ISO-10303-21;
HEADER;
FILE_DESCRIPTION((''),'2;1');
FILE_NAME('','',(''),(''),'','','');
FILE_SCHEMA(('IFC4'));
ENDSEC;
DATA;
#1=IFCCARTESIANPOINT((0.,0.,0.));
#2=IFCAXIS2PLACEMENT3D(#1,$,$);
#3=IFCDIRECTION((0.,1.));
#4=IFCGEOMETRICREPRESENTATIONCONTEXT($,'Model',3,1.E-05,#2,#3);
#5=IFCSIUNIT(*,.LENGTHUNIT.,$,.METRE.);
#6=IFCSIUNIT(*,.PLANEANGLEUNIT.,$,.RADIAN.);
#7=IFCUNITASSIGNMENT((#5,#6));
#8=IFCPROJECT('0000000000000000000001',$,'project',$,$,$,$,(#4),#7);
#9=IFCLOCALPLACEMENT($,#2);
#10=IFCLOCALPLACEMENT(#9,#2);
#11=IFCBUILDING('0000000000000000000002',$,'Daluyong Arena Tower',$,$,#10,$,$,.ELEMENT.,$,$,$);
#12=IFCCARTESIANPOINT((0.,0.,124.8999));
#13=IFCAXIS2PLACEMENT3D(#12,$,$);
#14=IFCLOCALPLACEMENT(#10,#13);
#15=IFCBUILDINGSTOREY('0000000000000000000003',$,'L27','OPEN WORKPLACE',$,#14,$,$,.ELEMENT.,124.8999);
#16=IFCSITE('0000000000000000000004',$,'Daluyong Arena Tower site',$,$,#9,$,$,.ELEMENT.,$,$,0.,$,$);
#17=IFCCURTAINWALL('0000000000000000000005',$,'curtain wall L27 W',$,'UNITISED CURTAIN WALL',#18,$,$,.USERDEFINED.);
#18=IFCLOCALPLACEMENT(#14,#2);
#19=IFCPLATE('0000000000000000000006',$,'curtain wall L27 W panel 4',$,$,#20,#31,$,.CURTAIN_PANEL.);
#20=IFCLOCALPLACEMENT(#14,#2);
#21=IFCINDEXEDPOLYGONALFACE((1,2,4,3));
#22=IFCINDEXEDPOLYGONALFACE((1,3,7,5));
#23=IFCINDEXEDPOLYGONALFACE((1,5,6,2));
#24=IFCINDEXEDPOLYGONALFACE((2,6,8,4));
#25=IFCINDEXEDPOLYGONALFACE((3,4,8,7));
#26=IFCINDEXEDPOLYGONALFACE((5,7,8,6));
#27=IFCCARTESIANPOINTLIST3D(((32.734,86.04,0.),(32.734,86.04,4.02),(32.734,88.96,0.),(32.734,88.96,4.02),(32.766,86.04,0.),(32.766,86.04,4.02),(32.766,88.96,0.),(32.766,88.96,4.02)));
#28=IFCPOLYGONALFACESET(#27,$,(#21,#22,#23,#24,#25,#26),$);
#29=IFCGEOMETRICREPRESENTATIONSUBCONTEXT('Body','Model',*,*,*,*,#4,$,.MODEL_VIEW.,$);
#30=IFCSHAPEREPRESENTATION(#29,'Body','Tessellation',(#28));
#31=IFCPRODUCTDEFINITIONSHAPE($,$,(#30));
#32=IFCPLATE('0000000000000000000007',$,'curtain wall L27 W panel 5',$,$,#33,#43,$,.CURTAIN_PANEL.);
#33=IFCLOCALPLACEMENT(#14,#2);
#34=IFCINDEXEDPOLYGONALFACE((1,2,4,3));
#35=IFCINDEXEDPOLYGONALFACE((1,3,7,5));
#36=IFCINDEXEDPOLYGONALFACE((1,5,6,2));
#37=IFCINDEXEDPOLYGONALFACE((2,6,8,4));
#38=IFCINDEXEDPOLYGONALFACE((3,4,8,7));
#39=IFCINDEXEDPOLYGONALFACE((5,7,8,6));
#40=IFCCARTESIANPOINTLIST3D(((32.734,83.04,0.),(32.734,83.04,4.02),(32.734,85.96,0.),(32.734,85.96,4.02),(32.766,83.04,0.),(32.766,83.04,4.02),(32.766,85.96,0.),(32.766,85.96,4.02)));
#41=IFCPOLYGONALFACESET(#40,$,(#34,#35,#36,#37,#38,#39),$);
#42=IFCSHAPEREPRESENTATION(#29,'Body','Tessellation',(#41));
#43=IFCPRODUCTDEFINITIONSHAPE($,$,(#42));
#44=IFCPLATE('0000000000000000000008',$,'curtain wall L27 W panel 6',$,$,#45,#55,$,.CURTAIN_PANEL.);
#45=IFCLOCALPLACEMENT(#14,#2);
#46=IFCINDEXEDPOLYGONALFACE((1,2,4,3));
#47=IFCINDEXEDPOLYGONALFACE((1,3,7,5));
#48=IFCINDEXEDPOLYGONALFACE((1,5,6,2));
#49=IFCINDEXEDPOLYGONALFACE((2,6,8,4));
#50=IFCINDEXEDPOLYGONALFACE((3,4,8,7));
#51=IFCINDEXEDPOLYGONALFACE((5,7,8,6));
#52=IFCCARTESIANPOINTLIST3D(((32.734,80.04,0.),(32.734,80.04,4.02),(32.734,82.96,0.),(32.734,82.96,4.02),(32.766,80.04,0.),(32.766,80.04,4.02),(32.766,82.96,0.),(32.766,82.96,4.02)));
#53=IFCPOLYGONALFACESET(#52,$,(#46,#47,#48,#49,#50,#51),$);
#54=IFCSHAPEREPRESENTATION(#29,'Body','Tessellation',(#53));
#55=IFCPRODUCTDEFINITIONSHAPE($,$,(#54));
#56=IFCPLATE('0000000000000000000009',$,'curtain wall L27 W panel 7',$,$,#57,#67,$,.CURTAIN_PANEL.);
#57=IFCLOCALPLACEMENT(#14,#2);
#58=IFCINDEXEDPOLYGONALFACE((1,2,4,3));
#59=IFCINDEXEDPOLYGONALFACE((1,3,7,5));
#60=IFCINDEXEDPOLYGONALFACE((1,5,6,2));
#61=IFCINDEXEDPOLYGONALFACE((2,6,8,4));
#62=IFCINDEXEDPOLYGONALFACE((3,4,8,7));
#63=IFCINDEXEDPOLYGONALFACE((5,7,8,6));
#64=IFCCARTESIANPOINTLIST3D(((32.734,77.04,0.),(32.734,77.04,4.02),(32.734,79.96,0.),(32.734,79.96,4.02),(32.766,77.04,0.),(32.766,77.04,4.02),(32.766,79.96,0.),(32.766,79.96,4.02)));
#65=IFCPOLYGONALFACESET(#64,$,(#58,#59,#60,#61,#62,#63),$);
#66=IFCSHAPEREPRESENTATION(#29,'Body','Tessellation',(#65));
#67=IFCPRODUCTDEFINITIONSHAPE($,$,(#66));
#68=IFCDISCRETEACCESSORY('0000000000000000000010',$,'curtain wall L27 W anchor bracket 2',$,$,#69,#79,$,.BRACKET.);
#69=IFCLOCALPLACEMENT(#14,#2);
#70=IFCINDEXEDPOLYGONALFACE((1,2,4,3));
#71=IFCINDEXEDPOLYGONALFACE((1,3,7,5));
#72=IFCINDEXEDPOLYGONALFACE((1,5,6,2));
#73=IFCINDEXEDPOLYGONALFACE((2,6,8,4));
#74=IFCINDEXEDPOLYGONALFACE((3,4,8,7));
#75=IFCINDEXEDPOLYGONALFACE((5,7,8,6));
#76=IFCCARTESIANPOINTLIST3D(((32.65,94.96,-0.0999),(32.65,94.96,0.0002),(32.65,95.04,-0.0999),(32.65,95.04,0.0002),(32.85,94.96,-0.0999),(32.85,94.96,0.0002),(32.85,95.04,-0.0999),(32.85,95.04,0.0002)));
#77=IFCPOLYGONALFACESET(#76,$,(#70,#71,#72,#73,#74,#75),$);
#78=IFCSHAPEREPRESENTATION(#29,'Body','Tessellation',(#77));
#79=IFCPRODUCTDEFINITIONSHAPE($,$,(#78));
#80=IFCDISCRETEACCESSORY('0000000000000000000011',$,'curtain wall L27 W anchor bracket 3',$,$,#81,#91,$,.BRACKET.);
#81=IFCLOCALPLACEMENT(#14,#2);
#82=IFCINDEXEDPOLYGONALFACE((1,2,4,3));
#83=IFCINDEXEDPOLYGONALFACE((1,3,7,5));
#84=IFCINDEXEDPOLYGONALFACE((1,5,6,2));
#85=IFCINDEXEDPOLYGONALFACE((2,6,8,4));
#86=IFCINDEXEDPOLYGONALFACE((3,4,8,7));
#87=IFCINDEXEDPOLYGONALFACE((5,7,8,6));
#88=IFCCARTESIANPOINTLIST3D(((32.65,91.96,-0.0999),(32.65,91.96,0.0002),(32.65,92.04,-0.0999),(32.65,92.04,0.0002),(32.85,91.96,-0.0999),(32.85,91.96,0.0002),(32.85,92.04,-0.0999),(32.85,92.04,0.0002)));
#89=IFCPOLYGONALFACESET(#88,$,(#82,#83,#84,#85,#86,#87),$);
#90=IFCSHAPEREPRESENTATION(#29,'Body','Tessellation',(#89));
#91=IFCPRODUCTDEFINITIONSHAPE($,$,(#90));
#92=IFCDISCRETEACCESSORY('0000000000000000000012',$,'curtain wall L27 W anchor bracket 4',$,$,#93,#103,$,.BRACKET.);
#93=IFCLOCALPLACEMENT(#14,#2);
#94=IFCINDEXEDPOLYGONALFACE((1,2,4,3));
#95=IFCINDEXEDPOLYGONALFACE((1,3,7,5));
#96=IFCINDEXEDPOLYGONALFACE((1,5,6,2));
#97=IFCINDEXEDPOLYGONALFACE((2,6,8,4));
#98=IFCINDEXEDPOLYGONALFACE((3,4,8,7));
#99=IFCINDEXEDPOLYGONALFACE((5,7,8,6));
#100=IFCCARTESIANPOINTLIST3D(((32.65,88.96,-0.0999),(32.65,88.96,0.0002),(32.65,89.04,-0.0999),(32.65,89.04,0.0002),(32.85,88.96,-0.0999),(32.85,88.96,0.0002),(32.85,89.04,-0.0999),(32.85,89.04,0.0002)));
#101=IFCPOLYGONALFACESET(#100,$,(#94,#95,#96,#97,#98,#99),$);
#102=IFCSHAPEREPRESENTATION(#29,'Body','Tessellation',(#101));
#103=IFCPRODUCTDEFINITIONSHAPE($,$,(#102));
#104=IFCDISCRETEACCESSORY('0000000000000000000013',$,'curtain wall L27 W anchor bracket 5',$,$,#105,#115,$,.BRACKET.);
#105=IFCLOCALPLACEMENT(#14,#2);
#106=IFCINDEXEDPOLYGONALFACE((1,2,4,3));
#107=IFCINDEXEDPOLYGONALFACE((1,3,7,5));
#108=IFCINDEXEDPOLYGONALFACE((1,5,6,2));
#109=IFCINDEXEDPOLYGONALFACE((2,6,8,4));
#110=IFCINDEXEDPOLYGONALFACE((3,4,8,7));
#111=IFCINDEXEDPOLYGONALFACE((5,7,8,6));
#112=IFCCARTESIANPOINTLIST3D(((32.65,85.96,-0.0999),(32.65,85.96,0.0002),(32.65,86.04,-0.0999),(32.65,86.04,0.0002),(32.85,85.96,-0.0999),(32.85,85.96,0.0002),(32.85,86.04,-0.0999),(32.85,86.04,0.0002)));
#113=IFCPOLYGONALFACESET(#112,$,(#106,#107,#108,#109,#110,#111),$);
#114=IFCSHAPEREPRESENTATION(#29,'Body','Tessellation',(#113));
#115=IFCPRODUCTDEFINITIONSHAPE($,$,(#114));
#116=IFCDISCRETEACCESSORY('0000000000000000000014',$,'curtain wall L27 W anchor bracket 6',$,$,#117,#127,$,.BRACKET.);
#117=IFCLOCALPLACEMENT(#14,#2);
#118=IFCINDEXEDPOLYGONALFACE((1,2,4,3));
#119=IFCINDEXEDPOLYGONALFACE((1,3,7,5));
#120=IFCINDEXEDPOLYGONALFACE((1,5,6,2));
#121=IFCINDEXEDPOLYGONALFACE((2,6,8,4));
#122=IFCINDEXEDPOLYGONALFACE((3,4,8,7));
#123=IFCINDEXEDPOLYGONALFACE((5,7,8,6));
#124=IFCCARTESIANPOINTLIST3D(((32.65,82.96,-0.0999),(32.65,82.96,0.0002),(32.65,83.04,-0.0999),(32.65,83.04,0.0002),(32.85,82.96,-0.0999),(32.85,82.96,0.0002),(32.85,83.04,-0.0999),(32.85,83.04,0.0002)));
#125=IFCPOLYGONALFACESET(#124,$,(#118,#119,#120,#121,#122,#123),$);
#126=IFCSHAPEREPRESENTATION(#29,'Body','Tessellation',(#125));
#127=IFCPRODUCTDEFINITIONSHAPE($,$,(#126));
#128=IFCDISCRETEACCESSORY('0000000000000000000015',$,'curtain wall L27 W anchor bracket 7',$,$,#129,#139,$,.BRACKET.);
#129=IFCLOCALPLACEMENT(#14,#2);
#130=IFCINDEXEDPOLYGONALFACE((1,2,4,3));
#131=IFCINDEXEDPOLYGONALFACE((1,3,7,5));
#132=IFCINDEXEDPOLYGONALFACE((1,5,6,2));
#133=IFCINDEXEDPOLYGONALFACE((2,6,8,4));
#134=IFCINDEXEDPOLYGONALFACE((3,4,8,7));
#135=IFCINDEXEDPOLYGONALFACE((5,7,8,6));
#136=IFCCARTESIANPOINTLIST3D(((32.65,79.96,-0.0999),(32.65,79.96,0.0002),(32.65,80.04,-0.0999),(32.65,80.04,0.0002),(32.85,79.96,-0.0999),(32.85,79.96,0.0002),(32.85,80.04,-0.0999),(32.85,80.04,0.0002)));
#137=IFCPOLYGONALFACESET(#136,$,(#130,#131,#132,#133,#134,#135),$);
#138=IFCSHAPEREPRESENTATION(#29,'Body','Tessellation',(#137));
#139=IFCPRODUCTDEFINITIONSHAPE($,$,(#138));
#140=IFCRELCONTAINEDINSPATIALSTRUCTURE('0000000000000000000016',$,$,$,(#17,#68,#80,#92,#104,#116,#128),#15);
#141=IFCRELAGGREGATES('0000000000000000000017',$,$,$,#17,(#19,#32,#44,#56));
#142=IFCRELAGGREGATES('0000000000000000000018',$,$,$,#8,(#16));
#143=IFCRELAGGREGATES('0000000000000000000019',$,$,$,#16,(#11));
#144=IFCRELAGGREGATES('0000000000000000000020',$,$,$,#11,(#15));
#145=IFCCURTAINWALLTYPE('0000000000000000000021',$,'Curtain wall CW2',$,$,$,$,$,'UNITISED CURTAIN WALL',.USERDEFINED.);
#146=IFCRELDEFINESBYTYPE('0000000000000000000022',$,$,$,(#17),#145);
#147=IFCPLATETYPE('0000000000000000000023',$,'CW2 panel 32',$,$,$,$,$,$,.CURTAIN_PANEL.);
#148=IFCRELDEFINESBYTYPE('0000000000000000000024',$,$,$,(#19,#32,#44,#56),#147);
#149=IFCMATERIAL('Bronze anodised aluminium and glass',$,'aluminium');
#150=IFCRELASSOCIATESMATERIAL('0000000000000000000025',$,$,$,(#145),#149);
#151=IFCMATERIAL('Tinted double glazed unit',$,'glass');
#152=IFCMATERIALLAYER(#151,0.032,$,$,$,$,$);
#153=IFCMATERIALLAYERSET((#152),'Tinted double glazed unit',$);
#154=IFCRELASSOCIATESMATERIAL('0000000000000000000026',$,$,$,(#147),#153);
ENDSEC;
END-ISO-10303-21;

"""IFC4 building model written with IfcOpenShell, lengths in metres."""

from ifc_helpers import new_model, si_unit, direction, frame, origin, origin_2d, place, context, subcontext, project, spatial, rectangle, extrude, material, layer, layer_set, type_object, element, aggregate, save


model = new_model("IFC4")

# Units and contexts
model_context = context("Model", 3, precision=1e-05, world=origin(), true_north=direction((0.0, 1.0)))
body_context = subcontext(model_context, "Body", "Model", "MODEL_VIEW")
ifc_project = project(units=[si_unit("LENGTHUNIT", "METRE"), si_unit("PLANEANGLEUNIT", "RADIAN")], contexts=[model_context])

# Site, building, storey
site_placement = place(None, origin())
site = spatial("IfcSite", under=ifc_project, at=site_placement, Name="Daluyong Arena Tower site", CompositionType="ELEMENT", RefElevation=0.0)
building_placement = place(site_placement, origin())
building = spatial("IfcBuilding", under=site, at=building_placement, Name="Daluyong Arena Tower", CompositionType="ELEMENT")
storey_placement = place(building_placement, frame((0.0, 0.0, 124.8999)))
storey = spatial("IfcBuildingStorey", under=building, at=storey_placement, Name="L27", Description="OPEN WORKPLACE", CompositionType="ELEMENT", Elevation=124.8999)

# Curtain wall
ifc_material_1 = material(Name="Bronze anodised aluminium and glass", Category="aluminium")
curtain_wall_type = type_object("IfcCurtainWallType", Name="Curtain wall CW2", ElementType="UNITISED CURTAIN WALL", PredefinedType="USERDEFINED", material=ifc_material_1)
curtain_wall_placement = place(storey_placement, origin())
curtain_wall = element("IfcCurtainWall", 1, at=curtain_wall_placement, inside=storey, type_object=curtain_wall_type, Name="curtain wall L27 W", ObjectType="UNITISED CURTAIN WALL", PredefinedType="USERDEFINED")

# Plates
ifc_material_2 = material(Name="Tinted double glazed unit", Category="glass")
ifc_layer = layer(ifc_material_2, 0.032)
ifc_layer_set = layer_set([ifc_layer], Name="Tinted double glazed unit")
plate_type = type_object("IfcPlateType", Name="CW2 panel 32", PredefinedType="CURTAIN_PANEL", material=ifc_layer_set)
plate_1_placement = place(storey_placement, frame((32.75, 87.5, 0.0), z_axis=(0.0, 0.0, 1.0), x_axis=(0.0, -1.0, 0.0)))
plate_1 = element("IfcPlate", 2, at=plate_1_placement, type_object=plate_type, Name="curtain wall L27 W panel 4", PredefinedType="CURTAIN_PANEL", context=body_context, shape_type="SweptSolid", body=[
    extrude(rectangle(XDim=2.9199, YDim=0.032, at=origin_2d()), origin(), (0.0, 0.0, 1.0), 4.02),
])
plate_2_placement = place(storey_placement, frame((32.75, 84.5, 0.0), z_axis=(0.0, 0.0, 1.0), x_axis=(0.0, -1.0, 0.0)))
plate_2 = element("IfcPlate", 3, at=plate_2_placement, type_object=plate_type, Name="curtain wall L27 W panel 5", PredefinedType="CURTAIN_PANEL", context=body_context, shape_type="SweptSolid", body=[
    extrude(rectangle(XDim=2.9199, YDim=0.032, at=origin_2d()), origin(), (0.0, 0.0, 1.0), 4.02),
])
plate_3_placement = place(storey_placement, frame((32.75, 81.5, 0.0), z_axis=(0.0, 0.0, 1.0), x_axis=(0.0, -1.0, 0.0)))
plate_3 = element("IfcPlate", 4, at=plate_3_placement, type_object=plate_type, Name="curtain wall L27 W panel 6", PredefinedType="CURTAIN_PANEL", context=body_context, shape_type="SweptSolid", body=[
    extrude(rectangle(XDim=2.9199, YDim=0.032, at=origin_2d()), origin(), (0.0, 0.0, 1.0), 4.02),
])
plate_4_placement = place(storey_placement, frame((32.75, 78.5, 0.0), z_axis=(0.0, 0.0, 1.0), x_axis=(0.0, -1.0, 0.0)))
plate_4 = element("IfcPlate", 5, at=plate_4_placement, type_object=plate_type, Name="curtain wall L27 W panel 7", PredefinedType="CURTAIN_PANEL", context=body_context, shape_type="SweptSolid", body=[
    extrude(rectangle(XDim=2.9199, YDim=0.032, at=origin_2d()), origin(), (0.0, 0.0, 1.0), 4.02),
])
aggregate(curtain_wall, [plate_1, plate_2, plate_3, plate_4])

# Discrete accessories
for number, where, z_axis, x_axis, name in (
    (6, (32.75, 95.0, -0.0999), (0.0, 0.0, 1.0), (0.0, -1.0, 0.0), "curtain wall L27 W anchor bracket 2"),
    (7, (32.75, 92.0, -0.0999), (0.0, 0.0, 1.0), (0.0, -1.0, 0.0), "curtain wall L27 W anchor bracket 3"),
    (8, (32.75, 89.0, -0.0999), (0.0, 0.0, 1.0), (0.0, -1.0, 0.0), "curtain wall L27 W anchor bracket 4"),
    (9, (32.75, 86.0, -0.0999), (0.0, 0.0, 1.0), (0.0, -1.0, 0.0), "curtain wall L27 W anchor bracket 5"),
    (10, (32.75, 83.0, -0.0999), (0.0, 0.0, 1.0), (0.0, -1.0, 0.0), "curtain wall L27 W anchor bracket 6"),
    (11, (32.75, 80.0, -0.0999), (0.0, 0.0, 1.0), (0.0, -1.0, 0.0), "curtain wall L27 W anchor bracket 7"),
):
    element("IfcDiscreteAccessory", number, at=place(storey_placement, frame(where, z_axis=z_axis, x_axis=x_axis)), inside=storey, Name=name, PredefinedType="BRACKET", context=body_context, shape_type="SweptSolid", body=[
        extrude(rectangle(XDim=0.0801, YDim=0.2, at=origin_2d()), origin(), (0.0, 0.0, 1.0), 0.1001),
    ])

save(model, "model.ifc")
